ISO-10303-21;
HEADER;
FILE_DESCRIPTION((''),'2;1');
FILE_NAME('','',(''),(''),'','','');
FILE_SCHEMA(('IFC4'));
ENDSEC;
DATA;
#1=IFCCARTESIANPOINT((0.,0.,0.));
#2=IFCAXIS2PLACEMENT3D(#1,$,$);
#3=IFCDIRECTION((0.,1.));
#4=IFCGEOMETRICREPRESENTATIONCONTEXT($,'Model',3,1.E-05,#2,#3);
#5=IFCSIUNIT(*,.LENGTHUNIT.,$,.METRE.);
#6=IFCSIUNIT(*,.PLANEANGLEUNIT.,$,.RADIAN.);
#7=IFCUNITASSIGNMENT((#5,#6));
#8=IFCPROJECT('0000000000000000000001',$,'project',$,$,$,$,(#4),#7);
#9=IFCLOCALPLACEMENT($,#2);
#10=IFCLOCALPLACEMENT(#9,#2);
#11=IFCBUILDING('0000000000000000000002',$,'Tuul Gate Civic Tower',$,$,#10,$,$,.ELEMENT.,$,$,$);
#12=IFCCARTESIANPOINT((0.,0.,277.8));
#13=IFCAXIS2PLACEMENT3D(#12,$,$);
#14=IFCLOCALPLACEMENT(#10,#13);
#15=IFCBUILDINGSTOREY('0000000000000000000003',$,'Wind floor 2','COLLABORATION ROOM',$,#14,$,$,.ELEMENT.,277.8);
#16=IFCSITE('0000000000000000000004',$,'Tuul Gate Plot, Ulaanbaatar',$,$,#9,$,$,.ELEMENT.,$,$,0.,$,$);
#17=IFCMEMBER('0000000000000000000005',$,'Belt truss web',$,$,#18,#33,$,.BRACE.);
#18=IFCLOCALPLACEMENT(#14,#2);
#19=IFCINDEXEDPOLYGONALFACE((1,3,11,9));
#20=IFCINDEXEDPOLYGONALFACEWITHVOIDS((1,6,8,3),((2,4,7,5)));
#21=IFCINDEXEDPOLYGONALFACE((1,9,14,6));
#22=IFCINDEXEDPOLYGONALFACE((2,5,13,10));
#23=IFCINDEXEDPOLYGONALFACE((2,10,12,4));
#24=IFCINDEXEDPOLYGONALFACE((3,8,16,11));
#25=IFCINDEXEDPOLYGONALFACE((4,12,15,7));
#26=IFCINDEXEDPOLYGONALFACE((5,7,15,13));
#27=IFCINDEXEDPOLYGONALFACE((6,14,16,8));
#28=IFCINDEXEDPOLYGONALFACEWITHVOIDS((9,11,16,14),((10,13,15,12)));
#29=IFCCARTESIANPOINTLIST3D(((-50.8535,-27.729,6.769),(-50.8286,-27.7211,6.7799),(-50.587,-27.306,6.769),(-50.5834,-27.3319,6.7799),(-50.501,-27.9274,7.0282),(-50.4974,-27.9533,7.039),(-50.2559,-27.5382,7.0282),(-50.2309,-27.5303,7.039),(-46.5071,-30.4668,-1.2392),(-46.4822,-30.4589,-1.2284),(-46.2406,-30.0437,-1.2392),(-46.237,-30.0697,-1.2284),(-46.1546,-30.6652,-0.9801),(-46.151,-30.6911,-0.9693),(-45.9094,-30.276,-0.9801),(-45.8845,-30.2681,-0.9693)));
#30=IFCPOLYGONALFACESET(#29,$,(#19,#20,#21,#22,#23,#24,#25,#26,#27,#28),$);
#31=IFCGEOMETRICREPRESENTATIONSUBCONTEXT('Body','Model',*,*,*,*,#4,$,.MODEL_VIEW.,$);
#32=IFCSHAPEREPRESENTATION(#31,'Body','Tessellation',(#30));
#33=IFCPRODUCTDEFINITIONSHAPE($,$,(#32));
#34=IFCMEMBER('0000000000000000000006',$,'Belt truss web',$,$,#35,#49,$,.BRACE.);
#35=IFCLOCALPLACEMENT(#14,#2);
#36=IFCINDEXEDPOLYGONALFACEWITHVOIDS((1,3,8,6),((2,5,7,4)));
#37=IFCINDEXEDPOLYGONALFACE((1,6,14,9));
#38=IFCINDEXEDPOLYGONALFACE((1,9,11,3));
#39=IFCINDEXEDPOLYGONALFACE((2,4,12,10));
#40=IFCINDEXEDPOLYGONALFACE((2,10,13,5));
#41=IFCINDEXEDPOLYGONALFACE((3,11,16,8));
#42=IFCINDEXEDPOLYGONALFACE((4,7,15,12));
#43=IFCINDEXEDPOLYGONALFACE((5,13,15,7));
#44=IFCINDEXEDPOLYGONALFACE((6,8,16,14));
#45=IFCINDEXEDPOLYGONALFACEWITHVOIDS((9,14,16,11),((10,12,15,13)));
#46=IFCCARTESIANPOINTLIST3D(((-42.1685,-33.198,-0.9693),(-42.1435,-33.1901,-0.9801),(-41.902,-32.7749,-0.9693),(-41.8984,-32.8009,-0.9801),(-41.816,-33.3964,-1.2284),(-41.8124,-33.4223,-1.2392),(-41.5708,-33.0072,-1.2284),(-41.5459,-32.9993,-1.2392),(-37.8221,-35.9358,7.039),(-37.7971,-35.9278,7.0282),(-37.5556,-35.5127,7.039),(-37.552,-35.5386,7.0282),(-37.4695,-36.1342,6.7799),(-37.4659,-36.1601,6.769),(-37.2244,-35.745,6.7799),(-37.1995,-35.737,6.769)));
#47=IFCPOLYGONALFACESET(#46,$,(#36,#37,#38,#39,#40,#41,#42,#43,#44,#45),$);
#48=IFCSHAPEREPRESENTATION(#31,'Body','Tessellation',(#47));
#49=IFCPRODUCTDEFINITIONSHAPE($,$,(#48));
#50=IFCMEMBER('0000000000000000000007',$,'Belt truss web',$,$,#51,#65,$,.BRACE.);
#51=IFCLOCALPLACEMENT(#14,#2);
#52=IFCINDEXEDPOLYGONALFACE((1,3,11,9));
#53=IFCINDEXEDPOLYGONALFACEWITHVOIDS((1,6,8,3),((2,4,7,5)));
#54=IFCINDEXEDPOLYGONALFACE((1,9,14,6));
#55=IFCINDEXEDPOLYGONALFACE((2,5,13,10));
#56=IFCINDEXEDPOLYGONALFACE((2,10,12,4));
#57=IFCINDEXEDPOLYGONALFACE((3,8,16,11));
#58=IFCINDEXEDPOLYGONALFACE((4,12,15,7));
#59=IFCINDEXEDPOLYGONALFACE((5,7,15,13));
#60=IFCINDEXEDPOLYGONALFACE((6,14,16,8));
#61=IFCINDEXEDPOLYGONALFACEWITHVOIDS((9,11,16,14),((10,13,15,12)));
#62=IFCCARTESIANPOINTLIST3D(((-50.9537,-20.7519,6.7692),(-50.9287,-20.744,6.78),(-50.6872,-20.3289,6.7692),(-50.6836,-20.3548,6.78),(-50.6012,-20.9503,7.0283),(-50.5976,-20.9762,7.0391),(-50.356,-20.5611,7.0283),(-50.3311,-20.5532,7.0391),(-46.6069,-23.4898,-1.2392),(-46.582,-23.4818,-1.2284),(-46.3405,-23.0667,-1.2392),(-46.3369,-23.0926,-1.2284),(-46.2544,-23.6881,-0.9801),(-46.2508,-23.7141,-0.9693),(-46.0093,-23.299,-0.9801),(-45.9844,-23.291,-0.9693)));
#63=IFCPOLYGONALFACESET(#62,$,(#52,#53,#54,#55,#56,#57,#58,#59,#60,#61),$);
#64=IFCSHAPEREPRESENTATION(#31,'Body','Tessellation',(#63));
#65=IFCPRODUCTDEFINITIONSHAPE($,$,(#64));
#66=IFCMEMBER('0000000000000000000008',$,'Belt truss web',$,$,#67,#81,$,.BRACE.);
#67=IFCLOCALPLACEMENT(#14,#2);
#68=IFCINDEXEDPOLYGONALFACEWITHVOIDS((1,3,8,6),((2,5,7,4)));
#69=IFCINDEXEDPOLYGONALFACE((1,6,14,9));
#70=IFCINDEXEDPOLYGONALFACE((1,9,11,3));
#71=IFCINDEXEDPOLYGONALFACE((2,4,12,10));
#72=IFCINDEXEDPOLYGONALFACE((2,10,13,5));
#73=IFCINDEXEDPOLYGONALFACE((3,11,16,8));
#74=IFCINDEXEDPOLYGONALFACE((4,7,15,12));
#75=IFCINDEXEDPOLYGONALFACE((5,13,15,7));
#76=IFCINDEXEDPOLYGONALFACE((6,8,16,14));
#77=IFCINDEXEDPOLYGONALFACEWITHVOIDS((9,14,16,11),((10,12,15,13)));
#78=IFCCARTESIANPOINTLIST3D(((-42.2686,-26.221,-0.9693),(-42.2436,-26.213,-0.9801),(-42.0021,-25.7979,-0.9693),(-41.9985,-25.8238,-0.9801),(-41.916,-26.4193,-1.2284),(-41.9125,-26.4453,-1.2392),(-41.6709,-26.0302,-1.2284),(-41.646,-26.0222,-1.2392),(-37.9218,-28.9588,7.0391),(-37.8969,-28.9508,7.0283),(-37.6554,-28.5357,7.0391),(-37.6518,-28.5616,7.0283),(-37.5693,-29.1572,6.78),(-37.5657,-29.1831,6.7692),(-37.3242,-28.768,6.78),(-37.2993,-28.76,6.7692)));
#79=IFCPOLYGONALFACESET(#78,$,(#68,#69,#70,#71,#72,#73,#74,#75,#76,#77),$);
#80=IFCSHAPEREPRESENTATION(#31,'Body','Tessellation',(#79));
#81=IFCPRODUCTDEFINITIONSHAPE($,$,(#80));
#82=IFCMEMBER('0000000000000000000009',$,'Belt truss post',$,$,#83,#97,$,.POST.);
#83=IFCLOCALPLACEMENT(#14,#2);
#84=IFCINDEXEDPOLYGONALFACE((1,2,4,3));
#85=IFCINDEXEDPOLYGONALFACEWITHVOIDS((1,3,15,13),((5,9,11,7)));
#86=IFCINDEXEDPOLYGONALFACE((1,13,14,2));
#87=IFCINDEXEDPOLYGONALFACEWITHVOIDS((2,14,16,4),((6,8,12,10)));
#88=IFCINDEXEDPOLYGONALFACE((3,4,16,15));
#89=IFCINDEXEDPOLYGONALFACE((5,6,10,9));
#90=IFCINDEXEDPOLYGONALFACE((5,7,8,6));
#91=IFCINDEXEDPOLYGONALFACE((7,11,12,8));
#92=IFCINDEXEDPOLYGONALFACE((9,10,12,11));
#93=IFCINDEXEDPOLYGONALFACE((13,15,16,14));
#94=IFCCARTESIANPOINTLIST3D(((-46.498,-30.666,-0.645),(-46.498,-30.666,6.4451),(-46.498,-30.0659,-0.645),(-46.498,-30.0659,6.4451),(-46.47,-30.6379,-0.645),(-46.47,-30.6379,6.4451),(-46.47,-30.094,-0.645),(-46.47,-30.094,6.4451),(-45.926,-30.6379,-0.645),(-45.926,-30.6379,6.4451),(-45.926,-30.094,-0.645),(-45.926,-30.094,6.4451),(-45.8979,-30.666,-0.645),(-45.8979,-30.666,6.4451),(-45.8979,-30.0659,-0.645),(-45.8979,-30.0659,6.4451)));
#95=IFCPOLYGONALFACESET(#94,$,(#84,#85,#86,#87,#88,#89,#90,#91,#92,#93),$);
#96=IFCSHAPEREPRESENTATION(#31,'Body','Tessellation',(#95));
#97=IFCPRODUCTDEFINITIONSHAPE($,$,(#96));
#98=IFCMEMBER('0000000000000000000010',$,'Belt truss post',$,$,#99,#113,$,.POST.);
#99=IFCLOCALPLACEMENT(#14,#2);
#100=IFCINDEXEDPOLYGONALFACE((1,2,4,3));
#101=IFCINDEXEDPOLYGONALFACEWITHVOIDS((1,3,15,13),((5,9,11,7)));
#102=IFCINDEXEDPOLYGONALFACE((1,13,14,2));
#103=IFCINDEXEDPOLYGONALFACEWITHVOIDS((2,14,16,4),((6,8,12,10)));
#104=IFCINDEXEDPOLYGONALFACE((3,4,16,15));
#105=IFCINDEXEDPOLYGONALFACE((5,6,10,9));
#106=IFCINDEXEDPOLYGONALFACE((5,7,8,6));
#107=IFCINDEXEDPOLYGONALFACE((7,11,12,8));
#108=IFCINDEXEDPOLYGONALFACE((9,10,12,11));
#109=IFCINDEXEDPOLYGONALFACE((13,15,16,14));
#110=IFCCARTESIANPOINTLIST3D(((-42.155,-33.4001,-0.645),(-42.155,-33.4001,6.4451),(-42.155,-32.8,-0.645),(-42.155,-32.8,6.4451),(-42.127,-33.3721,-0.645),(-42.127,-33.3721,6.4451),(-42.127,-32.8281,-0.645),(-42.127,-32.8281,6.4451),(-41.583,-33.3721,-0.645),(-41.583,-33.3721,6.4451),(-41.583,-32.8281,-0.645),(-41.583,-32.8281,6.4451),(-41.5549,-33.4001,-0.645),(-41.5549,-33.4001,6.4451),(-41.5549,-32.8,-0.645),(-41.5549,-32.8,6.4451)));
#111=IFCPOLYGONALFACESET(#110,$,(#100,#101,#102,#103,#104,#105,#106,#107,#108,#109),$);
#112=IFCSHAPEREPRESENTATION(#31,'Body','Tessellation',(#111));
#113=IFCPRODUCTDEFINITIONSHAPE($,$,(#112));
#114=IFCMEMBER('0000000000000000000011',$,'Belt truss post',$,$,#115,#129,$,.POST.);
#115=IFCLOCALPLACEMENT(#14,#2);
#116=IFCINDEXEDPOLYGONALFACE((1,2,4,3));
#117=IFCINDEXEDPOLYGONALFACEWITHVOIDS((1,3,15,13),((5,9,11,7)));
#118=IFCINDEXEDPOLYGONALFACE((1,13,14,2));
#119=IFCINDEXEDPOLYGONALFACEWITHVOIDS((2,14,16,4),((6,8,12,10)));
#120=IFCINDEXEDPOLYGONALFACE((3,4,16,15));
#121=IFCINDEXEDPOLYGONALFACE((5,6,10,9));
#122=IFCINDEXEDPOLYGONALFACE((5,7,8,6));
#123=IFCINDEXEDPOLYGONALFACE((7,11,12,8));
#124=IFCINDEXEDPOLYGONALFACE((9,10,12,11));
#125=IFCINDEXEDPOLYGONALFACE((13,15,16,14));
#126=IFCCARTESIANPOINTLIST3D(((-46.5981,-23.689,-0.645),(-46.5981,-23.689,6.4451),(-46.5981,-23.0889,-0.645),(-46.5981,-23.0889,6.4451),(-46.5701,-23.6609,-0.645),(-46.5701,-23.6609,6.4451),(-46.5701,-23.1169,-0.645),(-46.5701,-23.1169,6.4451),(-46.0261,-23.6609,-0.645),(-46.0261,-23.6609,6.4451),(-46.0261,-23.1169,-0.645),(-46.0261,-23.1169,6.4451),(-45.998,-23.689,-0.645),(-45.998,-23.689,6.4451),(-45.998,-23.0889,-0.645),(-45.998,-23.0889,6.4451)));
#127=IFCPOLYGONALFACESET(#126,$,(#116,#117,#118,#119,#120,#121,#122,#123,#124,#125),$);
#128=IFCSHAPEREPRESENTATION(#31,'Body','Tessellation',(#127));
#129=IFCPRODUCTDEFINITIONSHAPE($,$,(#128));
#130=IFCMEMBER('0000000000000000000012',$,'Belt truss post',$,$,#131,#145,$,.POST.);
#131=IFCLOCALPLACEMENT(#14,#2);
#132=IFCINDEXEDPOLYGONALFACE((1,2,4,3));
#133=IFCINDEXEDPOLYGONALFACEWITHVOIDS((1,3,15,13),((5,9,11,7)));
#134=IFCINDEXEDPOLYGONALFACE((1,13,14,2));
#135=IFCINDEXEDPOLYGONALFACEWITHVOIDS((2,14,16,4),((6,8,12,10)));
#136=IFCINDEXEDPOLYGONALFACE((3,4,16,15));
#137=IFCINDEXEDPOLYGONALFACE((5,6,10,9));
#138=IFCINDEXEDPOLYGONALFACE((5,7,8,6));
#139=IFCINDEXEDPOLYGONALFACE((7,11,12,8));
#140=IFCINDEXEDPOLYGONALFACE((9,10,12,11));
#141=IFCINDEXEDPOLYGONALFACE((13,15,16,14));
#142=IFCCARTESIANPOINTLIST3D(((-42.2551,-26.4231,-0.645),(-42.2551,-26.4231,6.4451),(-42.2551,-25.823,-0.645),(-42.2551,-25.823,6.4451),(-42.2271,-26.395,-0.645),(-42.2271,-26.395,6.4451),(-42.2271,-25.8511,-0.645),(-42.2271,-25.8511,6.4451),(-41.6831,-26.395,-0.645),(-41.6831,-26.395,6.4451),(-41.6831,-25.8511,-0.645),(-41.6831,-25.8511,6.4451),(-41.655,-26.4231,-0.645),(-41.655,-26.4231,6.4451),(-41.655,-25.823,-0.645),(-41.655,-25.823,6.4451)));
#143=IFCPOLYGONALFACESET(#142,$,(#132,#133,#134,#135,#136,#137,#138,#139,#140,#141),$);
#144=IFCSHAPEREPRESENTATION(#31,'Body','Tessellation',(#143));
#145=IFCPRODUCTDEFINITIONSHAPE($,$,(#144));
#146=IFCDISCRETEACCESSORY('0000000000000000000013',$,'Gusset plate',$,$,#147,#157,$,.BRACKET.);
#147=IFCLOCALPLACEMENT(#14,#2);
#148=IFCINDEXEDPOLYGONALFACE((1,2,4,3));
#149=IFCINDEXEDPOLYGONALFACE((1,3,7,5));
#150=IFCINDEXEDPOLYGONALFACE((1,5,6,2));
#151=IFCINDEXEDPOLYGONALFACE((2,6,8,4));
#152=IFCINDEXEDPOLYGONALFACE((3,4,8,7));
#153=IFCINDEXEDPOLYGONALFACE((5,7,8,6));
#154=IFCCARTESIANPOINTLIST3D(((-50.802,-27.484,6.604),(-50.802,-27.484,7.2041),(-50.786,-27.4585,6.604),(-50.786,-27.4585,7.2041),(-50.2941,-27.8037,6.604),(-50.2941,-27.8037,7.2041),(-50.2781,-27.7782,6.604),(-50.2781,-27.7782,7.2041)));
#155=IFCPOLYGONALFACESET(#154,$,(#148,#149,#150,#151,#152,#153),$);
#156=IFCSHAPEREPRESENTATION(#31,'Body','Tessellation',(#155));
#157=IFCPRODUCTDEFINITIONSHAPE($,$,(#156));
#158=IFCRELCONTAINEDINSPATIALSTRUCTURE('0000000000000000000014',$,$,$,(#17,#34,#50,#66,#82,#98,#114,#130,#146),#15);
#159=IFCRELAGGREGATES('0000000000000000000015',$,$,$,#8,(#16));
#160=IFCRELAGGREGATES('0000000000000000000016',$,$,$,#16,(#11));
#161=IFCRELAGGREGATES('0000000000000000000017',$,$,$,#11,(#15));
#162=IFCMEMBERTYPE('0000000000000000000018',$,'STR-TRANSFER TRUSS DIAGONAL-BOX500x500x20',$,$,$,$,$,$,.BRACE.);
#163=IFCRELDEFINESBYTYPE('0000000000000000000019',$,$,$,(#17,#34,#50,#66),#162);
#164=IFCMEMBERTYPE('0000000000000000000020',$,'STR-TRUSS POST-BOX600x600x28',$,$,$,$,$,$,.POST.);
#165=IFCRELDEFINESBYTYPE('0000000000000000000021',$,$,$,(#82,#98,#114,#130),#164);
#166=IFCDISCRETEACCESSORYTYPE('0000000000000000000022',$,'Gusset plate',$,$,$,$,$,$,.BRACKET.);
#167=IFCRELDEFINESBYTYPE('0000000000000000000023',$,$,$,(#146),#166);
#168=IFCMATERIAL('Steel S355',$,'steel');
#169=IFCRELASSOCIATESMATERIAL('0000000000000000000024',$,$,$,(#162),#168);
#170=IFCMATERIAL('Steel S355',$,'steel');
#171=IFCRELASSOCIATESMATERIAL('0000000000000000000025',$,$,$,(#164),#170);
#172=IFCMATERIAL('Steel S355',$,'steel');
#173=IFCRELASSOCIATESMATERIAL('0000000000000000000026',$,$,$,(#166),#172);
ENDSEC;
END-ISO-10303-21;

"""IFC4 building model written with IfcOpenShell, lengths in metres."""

from ifc_helpers import new_model, si_unit, direction, frame, origin, origin_2d, place, context, subcontext, project, spatial, rectangle, hollow_rectangle, extrude, material, material_profile, profile_set, type_object, element, save


model = new_model("IFC4")

# Units and contexts
model_context = context("Model", 3, precision=1e-05, world=origin(), true_north=direction((0.0, 1.0)))
body_context = subcontext(model_context, "Body", "Model", "MODEL_VIEW")
ifc_project = project(units=[si_unit("LENGTHUNIT", "METRE"), si_unit("PLANEANGLEUNIT", "RADIAN")], contexts=[model_context])

# Site, building, storey
site_placement = place(None, origin())
site = spatial("IfcSite", under=ifc_project, at=site_placement, Name="Tuul Gate Plot, Ulaanbaatar", CompositionType="ELEMENT", RefElevation=0.0)
building_placement = place(site_placement, origin())
building = spatial("IfcBuilding", under=site, at=building_placement, Name="Tuul Gate Civic Tower", CompositionType="ELEMENT")
storey_placement = place(building_placement, frame((0.0, 0.0, 277.8)))
storey = spatial("IfcBuildingStorey", under=building, at=storey_placement, Name="Wind floor 2", Description="COLLABORATION ROOM", CompositionType="ELEMENT", Elevation=277.8)

# Members
ifc_material_1 = material(Name="Steel S355", Category="steel")
ifc_material_profile_1 = material_profile(ifc_material_1, hollow_rectangle(XDim=0.5, YDim=0.5, WallThickness=0.02, at=origin_2d()), Name="BOX500x500x20")
ifc_profile_set_1 = profile_set([ifc_material_profile_1], Name="Steel S355")
member_type_1 = type_object("IfcMemberType", Name="STR-TRANSFER TRUSS DIAGONAL-BOX500x500x20", PredefinedType="BRACE", material=ifc_profile_set_1)
for number, where, z_axis, x_axis, name in (
    (1, (-46.1958, -30.3674, -1.1042), (-0.456837, 0.287759, 0.841721), (-0.532973, -0.846132, 0.0), "Belt truss web"),
    (2, (-41.8572, -33.0986, -1.1042), (0.456837, -0.287759, 0.841721), (0.532973, 0.846132, 0.0), "Belt truss web"),
):
    element("IfcMember", number, at=place(storey_placement, frame(where, z_axis=z_axis, x_axis=x_axis)), inside=storey, type_object=member_type_1, Name=name, PredefinedType="BRACE", context=body_context, shape_type="SweptSolid", body=[
        extrude(hollow_rectangle(XDim=0.5, YDim=0.5, WallThickness=0.02, at=origin_2d()), origin(), (0.0, 0.0, 1.0), 9.5142),
    ])
for number, where, z_axis, x_axis, name in (
    (3, (-46.2957, -23.3904, -1.1042), (-0.456857, 0.287755, 0.841712), (-0.532952, -0.846146, 0.0), "Belt truss web"),
    (4, (-41.9573, -26.1216, -1.1042), (0.456857, -0.287755, 0.841712), (0.532952, 0.846146, 0.0), "Belt truss web"),
):
    element("IfcMember", number, at=place(storey_placement, frame(where, z_axis=z_axis, x_axis=x_axis)), inside=storey, type_object=member_type_1, Name=name, PredefinedType="BRACE", context=body_context, shape_type="SweptSolid", body=[
        extrude(hollow_rectangle(XDim=0.5, YDim=0.5, WallThickness=0.02, at=origin_2d()), origin(), (0.0, 0.0, 1.0), 9.5144),
    ])
ifc_material_2 = material(Name="Steel S355", Category="steel")
ifc_material_profile_2 = material_profile(ifc_material_2, hollow_rectangle(XDim=0.6001, YDim=0.6001, WallThickness=0.0281, at=origin_2d()), Name="BOX600x600x28")
ifc_profile_set_2 = profile_set([ifc_material_profile_2], Name="Steel S355")
member_type_2 = type_object("IfcMemberType", Name="STR-TRUSS POST-BOX600x600x28", PredefinedType="POST", material=ifc_profile_set_2)
for number, where, z_axis, x_axis, name in (
    (5, (-46.198, -30.366, -0.645), (0.0, 0.0, 1.0), (1.0, 0.0, 0.0), "Belt truss post"),
    (6, (-41.855, -33.1001, -0.645), (0.0, 0.0, 1.0), (1.0, 0.0, 0.0), "Belt truss post"),
    (7, (-46.2981, -23.3889, -0.645), (0.0, 0.0, 1.0), (1.0, 0.0, 0.0), "Belt truss post"),
    (8, (-41.9551, -26.123, -0.645), (0.0, 0.0, 1.0), (1.0, 0.0, 0.0), "Belt truss post"),
):
    element("IfcMember", number, at=place(storey_placement, frame(where, z_axis=z_axis, x_axis=x_axis)), inside=storey, type_object=member_type_2, Name=name, PredefinedType="POST", context=body_context, shape_type="SweptSolid", body=[
        extrude(hollow_rectangle(XDim=0.6001, YDim=0.6001, WallThickness=0.0281, at=origin_2d()), origin(), (0.0, 0.0, 1.0), 7.0901),
    ])

# Discrete accessory
ifc_material_3 = material(Name="Steel S355", Category="steel")
discrete_accessory_type = type_object("IfcDiscreteAccessoryType", Name="Gusset plate", PredefinedType="BRACKET", material=ifc_material_3)
discrete_accessory_placement = place(storey_placement, frame((-50.54, -27.6311, 6.604), z_axis=(0.0, 0.0, 1.0), x_axis=(-0.846275, 0.532746, 0.0)))
element("IfcDiscreteAccessory", 9, at=discrete_accessory_placement, inside=storey, type_object=discrete_accessory_type, Name="Gusset plate", PredefinedType="BRACKET", context=body_context, shape_type="SweptSolid", body=[
    extrude(rectangle(XDim=0.6001, YDim=0.03, at=origin_2d()), origin(), (0.0, 0.0, 1.0), 0.6001),
])

save(model, "model.ifc")
